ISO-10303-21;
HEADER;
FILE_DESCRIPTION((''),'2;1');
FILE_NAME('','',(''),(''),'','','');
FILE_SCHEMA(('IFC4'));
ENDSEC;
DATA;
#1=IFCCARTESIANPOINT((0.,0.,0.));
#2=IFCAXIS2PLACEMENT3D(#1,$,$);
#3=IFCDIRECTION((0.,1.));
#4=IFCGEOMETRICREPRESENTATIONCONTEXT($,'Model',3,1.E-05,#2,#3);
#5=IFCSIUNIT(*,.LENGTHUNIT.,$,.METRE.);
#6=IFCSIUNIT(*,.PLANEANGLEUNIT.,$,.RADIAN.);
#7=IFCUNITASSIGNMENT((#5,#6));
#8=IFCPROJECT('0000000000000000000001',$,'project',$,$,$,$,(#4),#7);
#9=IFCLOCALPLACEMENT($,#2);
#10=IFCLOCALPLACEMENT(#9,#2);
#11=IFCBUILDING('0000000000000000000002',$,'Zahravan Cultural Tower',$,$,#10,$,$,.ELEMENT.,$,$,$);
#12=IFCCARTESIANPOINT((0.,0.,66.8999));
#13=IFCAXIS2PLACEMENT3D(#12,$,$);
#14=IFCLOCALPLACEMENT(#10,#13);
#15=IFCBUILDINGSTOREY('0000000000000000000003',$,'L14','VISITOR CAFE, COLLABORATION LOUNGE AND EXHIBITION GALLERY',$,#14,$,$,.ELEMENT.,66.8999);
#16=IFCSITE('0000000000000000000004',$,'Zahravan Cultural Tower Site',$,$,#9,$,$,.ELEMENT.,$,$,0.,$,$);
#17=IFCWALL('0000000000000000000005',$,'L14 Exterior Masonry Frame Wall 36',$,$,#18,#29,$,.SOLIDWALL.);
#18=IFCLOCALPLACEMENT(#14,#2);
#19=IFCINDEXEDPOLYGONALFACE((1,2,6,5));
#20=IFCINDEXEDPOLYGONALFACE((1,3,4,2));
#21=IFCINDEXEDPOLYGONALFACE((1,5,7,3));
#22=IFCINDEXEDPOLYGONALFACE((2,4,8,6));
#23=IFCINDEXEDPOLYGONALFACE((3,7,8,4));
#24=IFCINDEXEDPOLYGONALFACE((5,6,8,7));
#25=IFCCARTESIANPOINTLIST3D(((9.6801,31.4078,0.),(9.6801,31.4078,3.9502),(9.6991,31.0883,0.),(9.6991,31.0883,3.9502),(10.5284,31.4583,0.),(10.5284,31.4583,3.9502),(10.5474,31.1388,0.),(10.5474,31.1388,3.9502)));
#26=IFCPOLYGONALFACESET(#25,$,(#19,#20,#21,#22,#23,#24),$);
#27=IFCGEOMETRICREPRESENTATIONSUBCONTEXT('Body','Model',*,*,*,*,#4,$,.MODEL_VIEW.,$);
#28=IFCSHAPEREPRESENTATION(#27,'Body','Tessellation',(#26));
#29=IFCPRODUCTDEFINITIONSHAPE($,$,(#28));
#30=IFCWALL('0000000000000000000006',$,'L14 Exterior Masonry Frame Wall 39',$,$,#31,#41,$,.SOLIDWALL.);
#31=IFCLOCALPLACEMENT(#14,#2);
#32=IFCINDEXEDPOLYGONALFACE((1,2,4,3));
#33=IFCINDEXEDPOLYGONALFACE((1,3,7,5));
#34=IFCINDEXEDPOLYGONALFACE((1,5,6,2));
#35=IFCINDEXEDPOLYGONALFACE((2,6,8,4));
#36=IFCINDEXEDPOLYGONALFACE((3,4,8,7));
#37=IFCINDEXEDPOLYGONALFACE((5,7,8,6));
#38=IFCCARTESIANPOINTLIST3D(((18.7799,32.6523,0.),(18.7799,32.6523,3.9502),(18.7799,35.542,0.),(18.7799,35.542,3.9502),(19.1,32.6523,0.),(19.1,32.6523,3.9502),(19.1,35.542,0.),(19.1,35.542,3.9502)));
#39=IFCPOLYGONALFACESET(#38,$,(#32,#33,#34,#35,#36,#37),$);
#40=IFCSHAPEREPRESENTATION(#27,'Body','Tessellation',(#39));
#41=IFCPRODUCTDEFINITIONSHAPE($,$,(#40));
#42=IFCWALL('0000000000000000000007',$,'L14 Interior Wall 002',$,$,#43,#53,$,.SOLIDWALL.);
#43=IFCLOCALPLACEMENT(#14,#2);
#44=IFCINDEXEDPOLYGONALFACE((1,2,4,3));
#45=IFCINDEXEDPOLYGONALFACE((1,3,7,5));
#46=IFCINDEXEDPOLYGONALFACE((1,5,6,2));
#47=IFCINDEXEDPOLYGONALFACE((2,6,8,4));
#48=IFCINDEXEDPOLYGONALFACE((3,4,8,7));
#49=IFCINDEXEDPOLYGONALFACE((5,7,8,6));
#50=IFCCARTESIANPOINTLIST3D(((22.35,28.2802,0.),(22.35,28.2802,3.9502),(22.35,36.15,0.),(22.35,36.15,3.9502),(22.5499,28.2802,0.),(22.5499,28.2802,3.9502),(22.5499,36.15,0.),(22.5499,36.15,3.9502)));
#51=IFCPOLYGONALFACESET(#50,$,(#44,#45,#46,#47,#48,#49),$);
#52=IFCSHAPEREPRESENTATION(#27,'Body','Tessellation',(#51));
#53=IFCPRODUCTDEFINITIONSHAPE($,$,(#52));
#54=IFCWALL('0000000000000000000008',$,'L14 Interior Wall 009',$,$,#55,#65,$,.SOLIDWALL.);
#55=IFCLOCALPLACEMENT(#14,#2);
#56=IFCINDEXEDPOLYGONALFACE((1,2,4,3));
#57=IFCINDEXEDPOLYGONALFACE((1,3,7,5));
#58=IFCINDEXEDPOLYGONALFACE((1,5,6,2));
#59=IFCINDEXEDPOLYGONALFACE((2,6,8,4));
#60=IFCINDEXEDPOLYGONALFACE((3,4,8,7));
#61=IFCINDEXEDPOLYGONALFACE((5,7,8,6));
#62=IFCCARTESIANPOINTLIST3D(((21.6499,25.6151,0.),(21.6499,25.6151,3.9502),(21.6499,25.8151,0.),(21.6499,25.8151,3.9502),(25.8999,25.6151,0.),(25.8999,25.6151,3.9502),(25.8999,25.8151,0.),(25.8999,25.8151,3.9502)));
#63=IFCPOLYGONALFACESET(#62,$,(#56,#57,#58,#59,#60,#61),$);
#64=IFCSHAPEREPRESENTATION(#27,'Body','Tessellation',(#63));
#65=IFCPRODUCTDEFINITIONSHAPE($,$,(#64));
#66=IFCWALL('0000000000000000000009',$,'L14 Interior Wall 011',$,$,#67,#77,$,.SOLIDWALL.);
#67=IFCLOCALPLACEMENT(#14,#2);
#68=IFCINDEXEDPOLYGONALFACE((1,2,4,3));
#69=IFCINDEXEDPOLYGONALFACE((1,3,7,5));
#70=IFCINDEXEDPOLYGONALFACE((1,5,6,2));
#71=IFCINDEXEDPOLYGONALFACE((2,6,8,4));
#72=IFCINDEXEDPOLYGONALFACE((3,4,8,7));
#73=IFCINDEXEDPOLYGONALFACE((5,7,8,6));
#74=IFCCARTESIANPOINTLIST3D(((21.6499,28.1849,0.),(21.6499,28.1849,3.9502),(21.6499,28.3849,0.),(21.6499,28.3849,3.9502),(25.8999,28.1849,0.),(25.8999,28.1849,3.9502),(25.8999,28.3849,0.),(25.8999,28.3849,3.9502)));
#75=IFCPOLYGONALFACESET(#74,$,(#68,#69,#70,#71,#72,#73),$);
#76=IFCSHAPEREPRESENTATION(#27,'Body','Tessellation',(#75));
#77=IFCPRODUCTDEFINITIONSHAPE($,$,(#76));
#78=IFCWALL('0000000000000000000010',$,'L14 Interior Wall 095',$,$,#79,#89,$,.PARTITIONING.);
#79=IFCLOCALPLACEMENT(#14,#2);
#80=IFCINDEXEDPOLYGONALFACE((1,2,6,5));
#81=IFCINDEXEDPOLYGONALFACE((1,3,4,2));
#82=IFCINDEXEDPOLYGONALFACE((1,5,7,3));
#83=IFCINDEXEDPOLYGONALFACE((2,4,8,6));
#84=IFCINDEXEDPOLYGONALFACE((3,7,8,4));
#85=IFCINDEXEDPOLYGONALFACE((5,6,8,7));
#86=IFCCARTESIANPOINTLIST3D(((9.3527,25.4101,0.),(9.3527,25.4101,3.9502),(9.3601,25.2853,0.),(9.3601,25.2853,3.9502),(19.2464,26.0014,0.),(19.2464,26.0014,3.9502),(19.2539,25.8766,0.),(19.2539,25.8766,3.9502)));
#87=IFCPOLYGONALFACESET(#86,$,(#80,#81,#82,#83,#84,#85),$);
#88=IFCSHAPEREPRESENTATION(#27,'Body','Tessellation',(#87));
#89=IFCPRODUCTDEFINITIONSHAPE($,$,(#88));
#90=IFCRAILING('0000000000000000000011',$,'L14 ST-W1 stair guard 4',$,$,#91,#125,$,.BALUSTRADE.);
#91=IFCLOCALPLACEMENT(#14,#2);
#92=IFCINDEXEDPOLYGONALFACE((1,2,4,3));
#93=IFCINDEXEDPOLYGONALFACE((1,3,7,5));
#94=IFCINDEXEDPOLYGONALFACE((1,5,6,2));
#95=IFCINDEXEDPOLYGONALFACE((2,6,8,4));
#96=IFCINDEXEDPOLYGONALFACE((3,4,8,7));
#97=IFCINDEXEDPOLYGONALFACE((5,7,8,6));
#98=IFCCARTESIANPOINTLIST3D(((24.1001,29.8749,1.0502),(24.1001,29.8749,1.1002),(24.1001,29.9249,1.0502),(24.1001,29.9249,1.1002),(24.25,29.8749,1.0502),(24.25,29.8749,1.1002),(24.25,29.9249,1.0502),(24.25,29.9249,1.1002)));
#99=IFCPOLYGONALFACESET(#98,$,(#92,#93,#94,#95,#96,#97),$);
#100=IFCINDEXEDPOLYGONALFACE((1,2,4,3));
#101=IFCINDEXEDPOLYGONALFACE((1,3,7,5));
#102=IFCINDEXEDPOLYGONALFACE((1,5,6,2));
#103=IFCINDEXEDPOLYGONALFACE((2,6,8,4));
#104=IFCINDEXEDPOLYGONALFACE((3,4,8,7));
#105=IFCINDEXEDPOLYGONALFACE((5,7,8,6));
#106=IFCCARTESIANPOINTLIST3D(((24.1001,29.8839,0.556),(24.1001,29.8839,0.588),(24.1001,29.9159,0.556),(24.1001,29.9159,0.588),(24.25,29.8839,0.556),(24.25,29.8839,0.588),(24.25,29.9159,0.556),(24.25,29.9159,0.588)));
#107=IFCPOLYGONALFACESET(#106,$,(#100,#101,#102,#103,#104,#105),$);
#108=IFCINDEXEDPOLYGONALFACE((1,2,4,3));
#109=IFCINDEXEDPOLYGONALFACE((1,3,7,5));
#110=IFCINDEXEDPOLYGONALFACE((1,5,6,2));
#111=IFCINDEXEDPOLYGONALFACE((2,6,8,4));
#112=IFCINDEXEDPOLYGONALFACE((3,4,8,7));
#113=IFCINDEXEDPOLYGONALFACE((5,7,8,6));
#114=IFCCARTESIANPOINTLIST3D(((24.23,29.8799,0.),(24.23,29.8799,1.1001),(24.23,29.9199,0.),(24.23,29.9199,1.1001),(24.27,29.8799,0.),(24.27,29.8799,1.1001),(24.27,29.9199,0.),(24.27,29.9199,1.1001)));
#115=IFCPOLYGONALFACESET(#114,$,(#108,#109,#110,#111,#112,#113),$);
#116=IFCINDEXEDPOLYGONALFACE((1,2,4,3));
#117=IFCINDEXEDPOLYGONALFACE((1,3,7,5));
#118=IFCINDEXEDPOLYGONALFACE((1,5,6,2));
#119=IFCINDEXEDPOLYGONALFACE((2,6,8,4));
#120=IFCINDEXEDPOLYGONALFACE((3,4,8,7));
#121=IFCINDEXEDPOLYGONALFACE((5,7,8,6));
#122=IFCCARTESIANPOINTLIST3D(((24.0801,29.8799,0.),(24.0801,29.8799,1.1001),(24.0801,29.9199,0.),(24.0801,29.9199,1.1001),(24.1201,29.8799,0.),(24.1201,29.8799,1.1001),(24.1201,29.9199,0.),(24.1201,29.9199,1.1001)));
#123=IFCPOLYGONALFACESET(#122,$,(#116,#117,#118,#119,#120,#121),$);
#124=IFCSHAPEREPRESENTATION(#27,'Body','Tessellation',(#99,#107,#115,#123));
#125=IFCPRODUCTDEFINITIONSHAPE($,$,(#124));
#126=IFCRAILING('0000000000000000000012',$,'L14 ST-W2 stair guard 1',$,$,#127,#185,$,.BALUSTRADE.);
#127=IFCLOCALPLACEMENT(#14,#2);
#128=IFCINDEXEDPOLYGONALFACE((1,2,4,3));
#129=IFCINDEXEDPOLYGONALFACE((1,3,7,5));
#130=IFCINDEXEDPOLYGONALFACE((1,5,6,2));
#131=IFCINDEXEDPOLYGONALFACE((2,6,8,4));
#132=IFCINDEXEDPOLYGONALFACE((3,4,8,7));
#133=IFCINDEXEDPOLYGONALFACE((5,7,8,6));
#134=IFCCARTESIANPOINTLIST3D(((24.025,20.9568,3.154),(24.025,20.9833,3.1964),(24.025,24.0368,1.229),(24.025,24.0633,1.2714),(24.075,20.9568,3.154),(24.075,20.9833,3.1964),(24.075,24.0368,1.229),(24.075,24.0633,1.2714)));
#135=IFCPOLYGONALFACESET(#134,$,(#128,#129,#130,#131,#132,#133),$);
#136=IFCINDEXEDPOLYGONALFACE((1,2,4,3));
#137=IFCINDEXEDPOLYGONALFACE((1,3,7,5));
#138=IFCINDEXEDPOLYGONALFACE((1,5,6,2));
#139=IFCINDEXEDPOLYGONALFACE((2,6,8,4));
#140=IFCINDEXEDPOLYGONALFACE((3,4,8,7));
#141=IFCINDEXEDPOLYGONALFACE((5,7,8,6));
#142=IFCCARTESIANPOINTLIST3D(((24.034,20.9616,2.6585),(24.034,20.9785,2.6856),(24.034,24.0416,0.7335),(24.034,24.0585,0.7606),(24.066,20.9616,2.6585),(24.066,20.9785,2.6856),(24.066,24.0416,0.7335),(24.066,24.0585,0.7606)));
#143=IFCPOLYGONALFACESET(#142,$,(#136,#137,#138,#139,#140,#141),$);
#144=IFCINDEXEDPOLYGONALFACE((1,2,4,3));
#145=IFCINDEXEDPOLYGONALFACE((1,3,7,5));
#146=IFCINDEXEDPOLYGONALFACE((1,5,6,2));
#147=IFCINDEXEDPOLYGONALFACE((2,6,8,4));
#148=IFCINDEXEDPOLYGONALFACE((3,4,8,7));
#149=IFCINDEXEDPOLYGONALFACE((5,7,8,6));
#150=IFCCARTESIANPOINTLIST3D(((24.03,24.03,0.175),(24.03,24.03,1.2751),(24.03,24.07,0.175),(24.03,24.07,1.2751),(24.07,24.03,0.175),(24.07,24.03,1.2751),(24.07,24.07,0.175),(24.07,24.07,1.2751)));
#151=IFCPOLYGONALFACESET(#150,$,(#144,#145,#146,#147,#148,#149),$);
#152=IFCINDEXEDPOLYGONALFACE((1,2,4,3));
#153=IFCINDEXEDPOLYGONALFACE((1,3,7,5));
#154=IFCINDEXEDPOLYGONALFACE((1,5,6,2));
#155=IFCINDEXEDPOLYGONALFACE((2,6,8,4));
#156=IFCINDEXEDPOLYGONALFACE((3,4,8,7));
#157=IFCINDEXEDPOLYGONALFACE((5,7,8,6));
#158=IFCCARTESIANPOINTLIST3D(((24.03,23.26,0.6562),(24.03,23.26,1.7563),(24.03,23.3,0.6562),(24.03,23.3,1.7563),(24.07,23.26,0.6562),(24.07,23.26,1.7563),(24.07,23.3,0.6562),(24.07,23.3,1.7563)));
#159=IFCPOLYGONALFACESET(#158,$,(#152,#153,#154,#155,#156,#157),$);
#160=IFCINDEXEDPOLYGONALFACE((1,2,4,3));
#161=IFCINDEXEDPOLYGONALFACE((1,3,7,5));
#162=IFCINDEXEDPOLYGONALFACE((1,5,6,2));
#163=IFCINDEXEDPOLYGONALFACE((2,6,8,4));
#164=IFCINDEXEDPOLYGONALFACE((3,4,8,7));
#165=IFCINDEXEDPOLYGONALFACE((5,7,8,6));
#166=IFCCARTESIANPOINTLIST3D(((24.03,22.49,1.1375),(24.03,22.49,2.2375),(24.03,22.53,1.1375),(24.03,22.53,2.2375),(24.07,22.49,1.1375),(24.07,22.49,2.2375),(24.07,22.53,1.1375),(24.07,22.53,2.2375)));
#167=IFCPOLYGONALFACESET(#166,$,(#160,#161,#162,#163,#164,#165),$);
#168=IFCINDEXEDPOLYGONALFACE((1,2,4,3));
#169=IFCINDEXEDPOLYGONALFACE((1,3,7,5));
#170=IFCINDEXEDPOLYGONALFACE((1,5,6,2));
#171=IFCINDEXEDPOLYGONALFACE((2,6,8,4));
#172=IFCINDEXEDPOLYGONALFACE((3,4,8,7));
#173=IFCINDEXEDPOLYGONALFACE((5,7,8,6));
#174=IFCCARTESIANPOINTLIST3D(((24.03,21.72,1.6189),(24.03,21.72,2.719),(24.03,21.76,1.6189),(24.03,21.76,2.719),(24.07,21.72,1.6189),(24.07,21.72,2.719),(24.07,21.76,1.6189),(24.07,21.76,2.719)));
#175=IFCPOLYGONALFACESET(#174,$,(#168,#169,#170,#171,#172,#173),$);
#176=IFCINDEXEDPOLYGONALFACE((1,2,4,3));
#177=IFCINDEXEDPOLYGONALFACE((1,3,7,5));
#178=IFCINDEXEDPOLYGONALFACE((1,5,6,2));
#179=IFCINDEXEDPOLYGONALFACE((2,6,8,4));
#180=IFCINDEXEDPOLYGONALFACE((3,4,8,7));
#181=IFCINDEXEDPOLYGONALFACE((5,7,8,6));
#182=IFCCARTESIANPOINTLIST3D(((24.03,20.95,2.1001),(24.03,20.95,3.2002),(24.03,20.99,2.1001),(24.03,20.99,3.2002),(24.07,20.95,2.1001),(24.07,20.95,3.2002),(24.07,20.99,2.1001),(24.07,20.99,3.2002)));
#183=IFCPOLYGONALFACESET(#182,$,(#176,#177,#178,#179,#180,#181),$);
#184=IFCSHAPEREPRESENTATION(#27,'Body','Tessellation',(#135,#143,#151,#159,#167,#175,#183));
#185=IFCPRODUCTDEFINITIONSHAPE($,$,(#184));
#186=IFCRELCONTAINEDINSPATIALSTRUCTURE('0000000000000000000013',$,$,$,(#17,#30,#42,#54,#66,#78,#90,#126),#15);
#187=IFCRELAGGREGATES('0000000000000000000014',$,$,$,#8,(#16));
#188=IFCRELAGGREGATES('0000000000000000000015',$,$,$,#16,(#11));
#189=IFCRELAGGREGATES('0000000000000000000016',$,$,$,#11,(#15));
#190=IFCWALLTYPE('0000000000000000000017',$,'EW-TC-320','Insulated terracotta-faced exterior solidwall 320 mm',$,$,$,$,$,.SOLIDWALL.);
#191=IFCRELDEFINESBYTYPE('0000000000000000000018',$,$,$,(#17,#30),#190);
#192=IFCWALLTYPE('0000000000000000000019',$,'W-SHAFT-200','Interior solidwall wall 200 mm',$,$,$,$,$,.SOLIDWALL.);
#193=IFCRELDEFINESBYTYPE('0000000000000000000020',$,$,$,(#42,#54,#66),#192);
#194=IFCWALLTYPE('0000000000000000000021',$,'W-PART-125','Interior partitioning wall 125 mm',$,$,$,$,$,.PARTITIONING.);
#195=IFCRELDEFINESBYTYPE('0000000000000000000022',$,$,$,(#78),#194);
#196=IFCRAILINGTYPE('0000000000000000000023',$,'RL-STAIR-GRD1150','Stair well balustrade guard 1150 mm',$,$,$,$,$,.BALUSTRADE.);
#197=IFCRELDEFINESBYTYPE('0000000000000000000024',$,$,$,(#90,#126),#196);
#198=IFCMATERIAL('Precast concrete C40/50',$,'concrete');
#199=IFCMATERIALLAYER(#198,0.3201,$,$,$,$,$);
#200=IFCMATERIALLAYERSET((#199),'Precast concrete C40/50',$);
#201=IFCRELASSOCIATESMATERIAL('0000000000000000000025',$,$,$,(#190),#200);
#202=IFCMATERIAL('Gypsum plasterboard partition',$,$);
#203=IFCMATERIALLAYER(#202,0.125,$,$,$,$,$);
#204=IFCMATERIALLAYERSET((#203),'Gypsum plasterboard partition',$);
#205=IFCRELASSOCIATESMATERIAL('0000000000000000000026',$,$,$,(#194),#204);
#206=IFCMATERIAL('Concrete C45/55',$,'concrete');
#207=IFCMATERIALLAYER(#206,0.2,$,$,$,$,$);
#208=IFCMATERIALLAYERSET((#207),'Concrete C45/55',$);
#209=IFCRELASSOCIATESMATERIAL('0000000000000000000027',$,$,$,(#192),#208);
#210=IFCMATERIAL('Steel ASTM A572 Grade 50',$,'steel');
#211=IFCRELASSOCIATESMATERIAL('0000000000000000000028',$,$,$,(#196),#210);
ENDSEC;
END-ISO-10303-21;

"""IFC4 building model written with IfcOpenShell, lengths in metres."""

from ifc_helpers import new_model, si_unit, direction, frame, frame_2d, origin, origin_2d, place, context, subcontext, project, spatial, rectangle, extrude, source, transform, mapped, material, layer, layer_set, type_object, element, save


model = new_model("IFC4")

# Units and contexts
model_context = context("Model", 3, precision=1e-05, world=origin(), true_north=direction((0.0, 1.0)))
body_context = subcontext(model_context, "Body", "Model", "MODEL_VIEW")
ifc_project = project(units=[si_unit("LENGTHUNIT", "METRE"), si_unit("PLANEANGLEUNIT", "RADIAN")], contexts=[model_context])

# Site, building, storey
site_placement = place(None, origin())
site = spatial("IfcSite", under=ifc_project, at=site_placement, Name="Zahravan Cultural Tower Site", CompositionType="ELEMENT", RefElevation=0.0)
building_placement = place(site_placement, origin())
building = spatial("IfcBuilding", under=site, at=building_placement, Name="Zahravan Cultural Tower", CompositionType="ELEMENT")
storey_placement = place(building_placement, frame((0.0, 0.0, 66.8999)))
storey = spatial("IfcBuildingStorey", under=building, at=storey_placement, Name="L14", Description="VISITOR CAFE, COLLABORATION LOUNGE AND EXHIBITION GALLERY", CompositionType="ELEMENT", Elevation=66.8999)

# Shared definitions
ifc_material_1 = material(Name="Steel ASTM A572 Grade 50", Category="steel")

# Shared definitions
ifc_material_2 = material(Name="Precast concrete C40/50", Category="concrete")
ifc_layer_1 = layer(ifc_material_2, 0.3201)
ifc_layer_set_1 = layer_set([ifc_layer_1], Name="Precast concrete C40/50")
wall_type_1 = type_object("IfcWallType", Name="EW-TC-320", Description="Insulated terracotta-faced exterior solidwall 320 mm", PredefinedType="SOLIDWALL", material=ifc_layer_set_1)

# Shared definitions
ifc_material_3 = material(Name="Gypsum plasterboard partition")
ifc_layer_2 = layer(ifc_material_3, 0.125)
ifc_layer_set_2 = layer_set([ifc_layer_2], Name="Gypsum plasterboard partition")
wall_type_2 = type_object("IfcWallType", Name="W-PART-125", Description="Interior partitioning wall 125 mm", PredefinedType="PARTITIONING", material=ifc_layer_set_2)

# Walls
shared_shape_1 = source(origin(), body_context, "Body", "SweptSolid", [
    extrude(rectangle(XDim=0.8499, YDim=0.3201, at=frame_2d((0.4248, 0.0))), origin(), (0.0, 0.0, 1.0), 3.9502),
])
wall_1_placement = place(storey_placement, frame((9.6897, 31.248, 0.0), z_axis=(0.0, 0.0, 1.0), x_axis=(0.998231, 0.059463, 0.0)))
element("IfcWall", 1, at=wall_1_placement, inside=storey, type_object=wall_type_1, Name="L14 Exterior Masonry Frame Wall 36", PredefinedType="SOLIDWALL", context=body_context, shape_type="MappedRepresentation", body=[
    mapped(shared_shape_1, transform((0.0, 0.0, 0.0), x_axis=(1.0, 0.0, 0.0), y_axis=(0.0, 1.0, 0.0), z_axis=(0.0, 0.0, 1.0), scale=1.0)),
])
shared_shape_2 = source(origin(), body_context, "Body", "SweptSolid", [
    extrude(rectangle(XDim=2.8896, YDim=0.3201, at=frame_2d((1.4448, 0.0))), origin(), (0.0, 0.0, 1.0), 3.9502),
])
wall_2_placement = place(storey_placement, frame((18.9399, 32.6523, 0.0), z_axis=(0.0, 0.0, 1.0), x_axis=(0.0, 1.0, 0.0)))
element("IfcWall", 2, at=wall_2_placement, inside=storey, type_object=wall_type_1, Name="L14 Exterior Masonry Frame Wall 39", PredefinedType="SOLIDWALL", context=body_context, shape_type="MappedRepresentation", body=[
    mapped(shared_shape_2, transform((0.0, 0.0, 0.0), x_axis=(1.0, 0.0, 0.0), y_axis=(0.0, 1.0, 0.0), z_axis=(0.0, 0.0, 1.0), scale=1.0)),
])
ifc_material_4 = material(Name="Concrete C45/55", Category="concrete")
ifc_layer_3 = layer(ifc_material_4, 0.2)
ifc_layer_set_3 = layer_set([ifc_layer_3], Name="Concrete C45/55")
wall_type_3 = type_object("IfcWallType", Name="W-SHAFT-200", Description="Interior solidwall wall 200 mm", PredefinedType="SOLIDWALL", material=ifc_layer_set_3)
shared_shape_3 = source(origin(), body_context, "Body", "SweptSolid", [
    extrude(rectangle(XDim=7.8699, YDim=0.2, at=frame_2d((3.9351, 0.0))), origin(), (0.0, 0.0, 1.0), 3.9502),
])
wall_3_placement = place(storey_placement, frame((22.45, 28.28, 0.0), z_axis=(0.0, 0.0, 1.0), x_axis=(0.0, 1.0, 0.0)))
element("IfcWall", 3, at=wall_3_placement, inside=storey, type_object=wall_type_3, Name="L14 Interior Wall 002", PredefinedType="SOLIDWALL", context=body_context, shape_type="MappedRepresentation", body=[
    mapped(shared_shape_3, transform((0.0, 0.0, 0.0), x_axis=(1.0, 0.0, 0.0), y_axis=(0.0, 1.0, 0.0), z_axis=(0.0, 0.0, 1.0), scale=1.0)),
])
shared_shape_4 = source(origin(), body_context, "Body", "SweptSolid", [
    extrude(rectangle(XDim=4.25, YDim=0.2, at=frame_2d((2.125, 0.0))), origin(), (0.0, 0.0, 1.0), 3.9502),
])
for number, where, z_axis, x_axis, name in (
    (4, (21.6499, 25.7151, 0.0), (0.0, 0.0, 1.0), (1.0, 0.0, 0.0), "L14 Interior Wall 009"),
    (5, (21.6499, 28.2849, 0.0), (0.0, 0.0, 1.0), (1.0, 0.0, 0.0), "L14 Interior Wall 011"),
):
    element("IfcWall", number, at=place(storey_placement, frame(where, z_axis=z_axis, x_axis=x_axis)), inside=storey, type_object=wall_type_3, Name=name, PredefinedType="SOLIDWALL", context=body_context, shape_type="MappedRepresentation", body=[
        mapped(shared_shape_4, transform((0.0, 0.0, 0.0), x_axis=(1.0, 0.0, 0.0), y_axis=(0.0, 1.0, 0.0), z_axis=(0.0, 0.0, 1.0), scale=1.0)),
    ])
shared_shape_5 = source(origin(), body_context, "Body", "SweptSolid", [
    extrude(rectangle(XDim=9.9114, YDim=0.125, at=frame_2d((4.9556, 0.0))), origin(), (0.0, 0.0, 1.0), 3.9502),
])
wall_4_placement = place(storey_placement, frame((19.25, 25.939, 0.0), z_axis=(0.0, 0.0, 1.0), x_axis=(-0.998219, -0.059659, 0.0)))
element("IfcWall", 6, at=wall_4_placement, inside=storey, type_object=wall_type_2, Name="L14 Interior Wall 095", PredefinedType="PARTITIONING", context=body_context, shape_type="MappedRepresentation", body=[
    mapped(shared_shape_5, transform((0.0, 0.0, 0.0), x_axis=(1.0, 0.0, 0.0), y_axis=(0.0, 1.0, 0.0), z_axis=(0.0, 0.0, 1.0), scale=1.0)),
])

# Railings
railing_type = type_object("IfcRailingType", Name="RL-STAIR-GRD1150", Description="Stair well balustrade guard 1150 mm", PredefinedType="BALUSTRADE", material=ifc_material_1)
railing_1_placement = place(storey_placement, frame((24.25, 29.8999, 0.0)))
element("IfcRailing", 7, at=railing_1_placement, inside=storey, type_object=railing_type, Name="L14 ST-W1 stair guard 4", PredefinedType="BALUSTRADE", context=body_context, shape_type="SweptSolid", body=[
    extrude(rectangle(XDim=0.05, YDim=0.05, at=origin_2d()), frame((0.0, 0.0, 1.0752), z_axis=(-1.0, 0.0, 0.0), x_axis=(0.0, -1.0, 0.0)), (0.0, 0.0, 1.0), 0.1499),
    extrude(rectangle(XDim=0.032, YDim=0.032, at=origin_2d()), frame((0.0, 0.0, 0.572), z_axis=(-1.0, 0.0, 0.0), x_axis=(0.0, -1.0, 0.0)), (0.0, 0.0, 1.0), 0.1499),
    extrude(rectangle(XDim=0.04, YDim=0.04, at=origin_2d()), origin(), (0.0, 0.0, 1.0), 1.1001),
    extrude(rectangle(XDim=0.04, YDim=0.04, at=origin_2d()), frame((-0.1499, 0.0, 0.0)), (0.0, 0.0, 1.0), 1.1001),
])
railing_2_placement = place(storey_placement, frame((24.05, 24.05, 0.175)))
element("IfcRailing", 8, at=railing_2_placement, inside=storey, type_object=railing_type, Name="L14 ST-W2 stair guard 1", PredefinedType="BALUSTRADE", context=body_context, shape_type="SweptSolid", body=[
    extrude(rectangle(XDim=0.05, YDim=0.05, at=origin_2d()), frame((0.0, 0.0, 1.0752), z_axis=(0.0, -0.847998, 0.529999), x_axis=(1.0, 0.0, 0.0)), (0.0, 0.0, 1.0), 3.6321),
    extrude(rectangle(XDim=0.032, YDim=0.032, at=origin_2d()), frame((0.0, 0.0, 0.572), z_axis=(0.0, -0.847998, 0.529999), x_axis=(1.0, 0.0, 0.0)), (0.0, 0.0, 1.0), 3.6321),
    extrude(rectangle(XDim=0.04, YDim=0.04, at=origin_2d()), origin(), (0.0, 0.0, 1.0), 1.1001),
    extrude(rectangle(XDim=0.04, YDim=0.04, at=origin_2d()), frame((0.0, -0.77, 0.4812)), (0.0, 0.0, 1.0), 1.1001),
    extrude(rectangle(XDim=0.04, YDim=0.04, at=origin_2d()), frame((0.0, -1.54, 0.9624)), (0.0, 0.0, 1.0), 1.1001),
    extrude(rectangle(XDim=0.04, YDim=0.04, at=origin_2d()), frame((0.0, -2.3101, 1.4438)), (0.0, 0.0, 1.0), 1.1001),
    extrude(rectangle(XDim=0.04, YDim=0.04, at=origin_2d()), frame((0.0, -3.0801, 1.925)), (0.0, 0.0, 1.0), 1.1001),
])

save(model, "model.ifc")
